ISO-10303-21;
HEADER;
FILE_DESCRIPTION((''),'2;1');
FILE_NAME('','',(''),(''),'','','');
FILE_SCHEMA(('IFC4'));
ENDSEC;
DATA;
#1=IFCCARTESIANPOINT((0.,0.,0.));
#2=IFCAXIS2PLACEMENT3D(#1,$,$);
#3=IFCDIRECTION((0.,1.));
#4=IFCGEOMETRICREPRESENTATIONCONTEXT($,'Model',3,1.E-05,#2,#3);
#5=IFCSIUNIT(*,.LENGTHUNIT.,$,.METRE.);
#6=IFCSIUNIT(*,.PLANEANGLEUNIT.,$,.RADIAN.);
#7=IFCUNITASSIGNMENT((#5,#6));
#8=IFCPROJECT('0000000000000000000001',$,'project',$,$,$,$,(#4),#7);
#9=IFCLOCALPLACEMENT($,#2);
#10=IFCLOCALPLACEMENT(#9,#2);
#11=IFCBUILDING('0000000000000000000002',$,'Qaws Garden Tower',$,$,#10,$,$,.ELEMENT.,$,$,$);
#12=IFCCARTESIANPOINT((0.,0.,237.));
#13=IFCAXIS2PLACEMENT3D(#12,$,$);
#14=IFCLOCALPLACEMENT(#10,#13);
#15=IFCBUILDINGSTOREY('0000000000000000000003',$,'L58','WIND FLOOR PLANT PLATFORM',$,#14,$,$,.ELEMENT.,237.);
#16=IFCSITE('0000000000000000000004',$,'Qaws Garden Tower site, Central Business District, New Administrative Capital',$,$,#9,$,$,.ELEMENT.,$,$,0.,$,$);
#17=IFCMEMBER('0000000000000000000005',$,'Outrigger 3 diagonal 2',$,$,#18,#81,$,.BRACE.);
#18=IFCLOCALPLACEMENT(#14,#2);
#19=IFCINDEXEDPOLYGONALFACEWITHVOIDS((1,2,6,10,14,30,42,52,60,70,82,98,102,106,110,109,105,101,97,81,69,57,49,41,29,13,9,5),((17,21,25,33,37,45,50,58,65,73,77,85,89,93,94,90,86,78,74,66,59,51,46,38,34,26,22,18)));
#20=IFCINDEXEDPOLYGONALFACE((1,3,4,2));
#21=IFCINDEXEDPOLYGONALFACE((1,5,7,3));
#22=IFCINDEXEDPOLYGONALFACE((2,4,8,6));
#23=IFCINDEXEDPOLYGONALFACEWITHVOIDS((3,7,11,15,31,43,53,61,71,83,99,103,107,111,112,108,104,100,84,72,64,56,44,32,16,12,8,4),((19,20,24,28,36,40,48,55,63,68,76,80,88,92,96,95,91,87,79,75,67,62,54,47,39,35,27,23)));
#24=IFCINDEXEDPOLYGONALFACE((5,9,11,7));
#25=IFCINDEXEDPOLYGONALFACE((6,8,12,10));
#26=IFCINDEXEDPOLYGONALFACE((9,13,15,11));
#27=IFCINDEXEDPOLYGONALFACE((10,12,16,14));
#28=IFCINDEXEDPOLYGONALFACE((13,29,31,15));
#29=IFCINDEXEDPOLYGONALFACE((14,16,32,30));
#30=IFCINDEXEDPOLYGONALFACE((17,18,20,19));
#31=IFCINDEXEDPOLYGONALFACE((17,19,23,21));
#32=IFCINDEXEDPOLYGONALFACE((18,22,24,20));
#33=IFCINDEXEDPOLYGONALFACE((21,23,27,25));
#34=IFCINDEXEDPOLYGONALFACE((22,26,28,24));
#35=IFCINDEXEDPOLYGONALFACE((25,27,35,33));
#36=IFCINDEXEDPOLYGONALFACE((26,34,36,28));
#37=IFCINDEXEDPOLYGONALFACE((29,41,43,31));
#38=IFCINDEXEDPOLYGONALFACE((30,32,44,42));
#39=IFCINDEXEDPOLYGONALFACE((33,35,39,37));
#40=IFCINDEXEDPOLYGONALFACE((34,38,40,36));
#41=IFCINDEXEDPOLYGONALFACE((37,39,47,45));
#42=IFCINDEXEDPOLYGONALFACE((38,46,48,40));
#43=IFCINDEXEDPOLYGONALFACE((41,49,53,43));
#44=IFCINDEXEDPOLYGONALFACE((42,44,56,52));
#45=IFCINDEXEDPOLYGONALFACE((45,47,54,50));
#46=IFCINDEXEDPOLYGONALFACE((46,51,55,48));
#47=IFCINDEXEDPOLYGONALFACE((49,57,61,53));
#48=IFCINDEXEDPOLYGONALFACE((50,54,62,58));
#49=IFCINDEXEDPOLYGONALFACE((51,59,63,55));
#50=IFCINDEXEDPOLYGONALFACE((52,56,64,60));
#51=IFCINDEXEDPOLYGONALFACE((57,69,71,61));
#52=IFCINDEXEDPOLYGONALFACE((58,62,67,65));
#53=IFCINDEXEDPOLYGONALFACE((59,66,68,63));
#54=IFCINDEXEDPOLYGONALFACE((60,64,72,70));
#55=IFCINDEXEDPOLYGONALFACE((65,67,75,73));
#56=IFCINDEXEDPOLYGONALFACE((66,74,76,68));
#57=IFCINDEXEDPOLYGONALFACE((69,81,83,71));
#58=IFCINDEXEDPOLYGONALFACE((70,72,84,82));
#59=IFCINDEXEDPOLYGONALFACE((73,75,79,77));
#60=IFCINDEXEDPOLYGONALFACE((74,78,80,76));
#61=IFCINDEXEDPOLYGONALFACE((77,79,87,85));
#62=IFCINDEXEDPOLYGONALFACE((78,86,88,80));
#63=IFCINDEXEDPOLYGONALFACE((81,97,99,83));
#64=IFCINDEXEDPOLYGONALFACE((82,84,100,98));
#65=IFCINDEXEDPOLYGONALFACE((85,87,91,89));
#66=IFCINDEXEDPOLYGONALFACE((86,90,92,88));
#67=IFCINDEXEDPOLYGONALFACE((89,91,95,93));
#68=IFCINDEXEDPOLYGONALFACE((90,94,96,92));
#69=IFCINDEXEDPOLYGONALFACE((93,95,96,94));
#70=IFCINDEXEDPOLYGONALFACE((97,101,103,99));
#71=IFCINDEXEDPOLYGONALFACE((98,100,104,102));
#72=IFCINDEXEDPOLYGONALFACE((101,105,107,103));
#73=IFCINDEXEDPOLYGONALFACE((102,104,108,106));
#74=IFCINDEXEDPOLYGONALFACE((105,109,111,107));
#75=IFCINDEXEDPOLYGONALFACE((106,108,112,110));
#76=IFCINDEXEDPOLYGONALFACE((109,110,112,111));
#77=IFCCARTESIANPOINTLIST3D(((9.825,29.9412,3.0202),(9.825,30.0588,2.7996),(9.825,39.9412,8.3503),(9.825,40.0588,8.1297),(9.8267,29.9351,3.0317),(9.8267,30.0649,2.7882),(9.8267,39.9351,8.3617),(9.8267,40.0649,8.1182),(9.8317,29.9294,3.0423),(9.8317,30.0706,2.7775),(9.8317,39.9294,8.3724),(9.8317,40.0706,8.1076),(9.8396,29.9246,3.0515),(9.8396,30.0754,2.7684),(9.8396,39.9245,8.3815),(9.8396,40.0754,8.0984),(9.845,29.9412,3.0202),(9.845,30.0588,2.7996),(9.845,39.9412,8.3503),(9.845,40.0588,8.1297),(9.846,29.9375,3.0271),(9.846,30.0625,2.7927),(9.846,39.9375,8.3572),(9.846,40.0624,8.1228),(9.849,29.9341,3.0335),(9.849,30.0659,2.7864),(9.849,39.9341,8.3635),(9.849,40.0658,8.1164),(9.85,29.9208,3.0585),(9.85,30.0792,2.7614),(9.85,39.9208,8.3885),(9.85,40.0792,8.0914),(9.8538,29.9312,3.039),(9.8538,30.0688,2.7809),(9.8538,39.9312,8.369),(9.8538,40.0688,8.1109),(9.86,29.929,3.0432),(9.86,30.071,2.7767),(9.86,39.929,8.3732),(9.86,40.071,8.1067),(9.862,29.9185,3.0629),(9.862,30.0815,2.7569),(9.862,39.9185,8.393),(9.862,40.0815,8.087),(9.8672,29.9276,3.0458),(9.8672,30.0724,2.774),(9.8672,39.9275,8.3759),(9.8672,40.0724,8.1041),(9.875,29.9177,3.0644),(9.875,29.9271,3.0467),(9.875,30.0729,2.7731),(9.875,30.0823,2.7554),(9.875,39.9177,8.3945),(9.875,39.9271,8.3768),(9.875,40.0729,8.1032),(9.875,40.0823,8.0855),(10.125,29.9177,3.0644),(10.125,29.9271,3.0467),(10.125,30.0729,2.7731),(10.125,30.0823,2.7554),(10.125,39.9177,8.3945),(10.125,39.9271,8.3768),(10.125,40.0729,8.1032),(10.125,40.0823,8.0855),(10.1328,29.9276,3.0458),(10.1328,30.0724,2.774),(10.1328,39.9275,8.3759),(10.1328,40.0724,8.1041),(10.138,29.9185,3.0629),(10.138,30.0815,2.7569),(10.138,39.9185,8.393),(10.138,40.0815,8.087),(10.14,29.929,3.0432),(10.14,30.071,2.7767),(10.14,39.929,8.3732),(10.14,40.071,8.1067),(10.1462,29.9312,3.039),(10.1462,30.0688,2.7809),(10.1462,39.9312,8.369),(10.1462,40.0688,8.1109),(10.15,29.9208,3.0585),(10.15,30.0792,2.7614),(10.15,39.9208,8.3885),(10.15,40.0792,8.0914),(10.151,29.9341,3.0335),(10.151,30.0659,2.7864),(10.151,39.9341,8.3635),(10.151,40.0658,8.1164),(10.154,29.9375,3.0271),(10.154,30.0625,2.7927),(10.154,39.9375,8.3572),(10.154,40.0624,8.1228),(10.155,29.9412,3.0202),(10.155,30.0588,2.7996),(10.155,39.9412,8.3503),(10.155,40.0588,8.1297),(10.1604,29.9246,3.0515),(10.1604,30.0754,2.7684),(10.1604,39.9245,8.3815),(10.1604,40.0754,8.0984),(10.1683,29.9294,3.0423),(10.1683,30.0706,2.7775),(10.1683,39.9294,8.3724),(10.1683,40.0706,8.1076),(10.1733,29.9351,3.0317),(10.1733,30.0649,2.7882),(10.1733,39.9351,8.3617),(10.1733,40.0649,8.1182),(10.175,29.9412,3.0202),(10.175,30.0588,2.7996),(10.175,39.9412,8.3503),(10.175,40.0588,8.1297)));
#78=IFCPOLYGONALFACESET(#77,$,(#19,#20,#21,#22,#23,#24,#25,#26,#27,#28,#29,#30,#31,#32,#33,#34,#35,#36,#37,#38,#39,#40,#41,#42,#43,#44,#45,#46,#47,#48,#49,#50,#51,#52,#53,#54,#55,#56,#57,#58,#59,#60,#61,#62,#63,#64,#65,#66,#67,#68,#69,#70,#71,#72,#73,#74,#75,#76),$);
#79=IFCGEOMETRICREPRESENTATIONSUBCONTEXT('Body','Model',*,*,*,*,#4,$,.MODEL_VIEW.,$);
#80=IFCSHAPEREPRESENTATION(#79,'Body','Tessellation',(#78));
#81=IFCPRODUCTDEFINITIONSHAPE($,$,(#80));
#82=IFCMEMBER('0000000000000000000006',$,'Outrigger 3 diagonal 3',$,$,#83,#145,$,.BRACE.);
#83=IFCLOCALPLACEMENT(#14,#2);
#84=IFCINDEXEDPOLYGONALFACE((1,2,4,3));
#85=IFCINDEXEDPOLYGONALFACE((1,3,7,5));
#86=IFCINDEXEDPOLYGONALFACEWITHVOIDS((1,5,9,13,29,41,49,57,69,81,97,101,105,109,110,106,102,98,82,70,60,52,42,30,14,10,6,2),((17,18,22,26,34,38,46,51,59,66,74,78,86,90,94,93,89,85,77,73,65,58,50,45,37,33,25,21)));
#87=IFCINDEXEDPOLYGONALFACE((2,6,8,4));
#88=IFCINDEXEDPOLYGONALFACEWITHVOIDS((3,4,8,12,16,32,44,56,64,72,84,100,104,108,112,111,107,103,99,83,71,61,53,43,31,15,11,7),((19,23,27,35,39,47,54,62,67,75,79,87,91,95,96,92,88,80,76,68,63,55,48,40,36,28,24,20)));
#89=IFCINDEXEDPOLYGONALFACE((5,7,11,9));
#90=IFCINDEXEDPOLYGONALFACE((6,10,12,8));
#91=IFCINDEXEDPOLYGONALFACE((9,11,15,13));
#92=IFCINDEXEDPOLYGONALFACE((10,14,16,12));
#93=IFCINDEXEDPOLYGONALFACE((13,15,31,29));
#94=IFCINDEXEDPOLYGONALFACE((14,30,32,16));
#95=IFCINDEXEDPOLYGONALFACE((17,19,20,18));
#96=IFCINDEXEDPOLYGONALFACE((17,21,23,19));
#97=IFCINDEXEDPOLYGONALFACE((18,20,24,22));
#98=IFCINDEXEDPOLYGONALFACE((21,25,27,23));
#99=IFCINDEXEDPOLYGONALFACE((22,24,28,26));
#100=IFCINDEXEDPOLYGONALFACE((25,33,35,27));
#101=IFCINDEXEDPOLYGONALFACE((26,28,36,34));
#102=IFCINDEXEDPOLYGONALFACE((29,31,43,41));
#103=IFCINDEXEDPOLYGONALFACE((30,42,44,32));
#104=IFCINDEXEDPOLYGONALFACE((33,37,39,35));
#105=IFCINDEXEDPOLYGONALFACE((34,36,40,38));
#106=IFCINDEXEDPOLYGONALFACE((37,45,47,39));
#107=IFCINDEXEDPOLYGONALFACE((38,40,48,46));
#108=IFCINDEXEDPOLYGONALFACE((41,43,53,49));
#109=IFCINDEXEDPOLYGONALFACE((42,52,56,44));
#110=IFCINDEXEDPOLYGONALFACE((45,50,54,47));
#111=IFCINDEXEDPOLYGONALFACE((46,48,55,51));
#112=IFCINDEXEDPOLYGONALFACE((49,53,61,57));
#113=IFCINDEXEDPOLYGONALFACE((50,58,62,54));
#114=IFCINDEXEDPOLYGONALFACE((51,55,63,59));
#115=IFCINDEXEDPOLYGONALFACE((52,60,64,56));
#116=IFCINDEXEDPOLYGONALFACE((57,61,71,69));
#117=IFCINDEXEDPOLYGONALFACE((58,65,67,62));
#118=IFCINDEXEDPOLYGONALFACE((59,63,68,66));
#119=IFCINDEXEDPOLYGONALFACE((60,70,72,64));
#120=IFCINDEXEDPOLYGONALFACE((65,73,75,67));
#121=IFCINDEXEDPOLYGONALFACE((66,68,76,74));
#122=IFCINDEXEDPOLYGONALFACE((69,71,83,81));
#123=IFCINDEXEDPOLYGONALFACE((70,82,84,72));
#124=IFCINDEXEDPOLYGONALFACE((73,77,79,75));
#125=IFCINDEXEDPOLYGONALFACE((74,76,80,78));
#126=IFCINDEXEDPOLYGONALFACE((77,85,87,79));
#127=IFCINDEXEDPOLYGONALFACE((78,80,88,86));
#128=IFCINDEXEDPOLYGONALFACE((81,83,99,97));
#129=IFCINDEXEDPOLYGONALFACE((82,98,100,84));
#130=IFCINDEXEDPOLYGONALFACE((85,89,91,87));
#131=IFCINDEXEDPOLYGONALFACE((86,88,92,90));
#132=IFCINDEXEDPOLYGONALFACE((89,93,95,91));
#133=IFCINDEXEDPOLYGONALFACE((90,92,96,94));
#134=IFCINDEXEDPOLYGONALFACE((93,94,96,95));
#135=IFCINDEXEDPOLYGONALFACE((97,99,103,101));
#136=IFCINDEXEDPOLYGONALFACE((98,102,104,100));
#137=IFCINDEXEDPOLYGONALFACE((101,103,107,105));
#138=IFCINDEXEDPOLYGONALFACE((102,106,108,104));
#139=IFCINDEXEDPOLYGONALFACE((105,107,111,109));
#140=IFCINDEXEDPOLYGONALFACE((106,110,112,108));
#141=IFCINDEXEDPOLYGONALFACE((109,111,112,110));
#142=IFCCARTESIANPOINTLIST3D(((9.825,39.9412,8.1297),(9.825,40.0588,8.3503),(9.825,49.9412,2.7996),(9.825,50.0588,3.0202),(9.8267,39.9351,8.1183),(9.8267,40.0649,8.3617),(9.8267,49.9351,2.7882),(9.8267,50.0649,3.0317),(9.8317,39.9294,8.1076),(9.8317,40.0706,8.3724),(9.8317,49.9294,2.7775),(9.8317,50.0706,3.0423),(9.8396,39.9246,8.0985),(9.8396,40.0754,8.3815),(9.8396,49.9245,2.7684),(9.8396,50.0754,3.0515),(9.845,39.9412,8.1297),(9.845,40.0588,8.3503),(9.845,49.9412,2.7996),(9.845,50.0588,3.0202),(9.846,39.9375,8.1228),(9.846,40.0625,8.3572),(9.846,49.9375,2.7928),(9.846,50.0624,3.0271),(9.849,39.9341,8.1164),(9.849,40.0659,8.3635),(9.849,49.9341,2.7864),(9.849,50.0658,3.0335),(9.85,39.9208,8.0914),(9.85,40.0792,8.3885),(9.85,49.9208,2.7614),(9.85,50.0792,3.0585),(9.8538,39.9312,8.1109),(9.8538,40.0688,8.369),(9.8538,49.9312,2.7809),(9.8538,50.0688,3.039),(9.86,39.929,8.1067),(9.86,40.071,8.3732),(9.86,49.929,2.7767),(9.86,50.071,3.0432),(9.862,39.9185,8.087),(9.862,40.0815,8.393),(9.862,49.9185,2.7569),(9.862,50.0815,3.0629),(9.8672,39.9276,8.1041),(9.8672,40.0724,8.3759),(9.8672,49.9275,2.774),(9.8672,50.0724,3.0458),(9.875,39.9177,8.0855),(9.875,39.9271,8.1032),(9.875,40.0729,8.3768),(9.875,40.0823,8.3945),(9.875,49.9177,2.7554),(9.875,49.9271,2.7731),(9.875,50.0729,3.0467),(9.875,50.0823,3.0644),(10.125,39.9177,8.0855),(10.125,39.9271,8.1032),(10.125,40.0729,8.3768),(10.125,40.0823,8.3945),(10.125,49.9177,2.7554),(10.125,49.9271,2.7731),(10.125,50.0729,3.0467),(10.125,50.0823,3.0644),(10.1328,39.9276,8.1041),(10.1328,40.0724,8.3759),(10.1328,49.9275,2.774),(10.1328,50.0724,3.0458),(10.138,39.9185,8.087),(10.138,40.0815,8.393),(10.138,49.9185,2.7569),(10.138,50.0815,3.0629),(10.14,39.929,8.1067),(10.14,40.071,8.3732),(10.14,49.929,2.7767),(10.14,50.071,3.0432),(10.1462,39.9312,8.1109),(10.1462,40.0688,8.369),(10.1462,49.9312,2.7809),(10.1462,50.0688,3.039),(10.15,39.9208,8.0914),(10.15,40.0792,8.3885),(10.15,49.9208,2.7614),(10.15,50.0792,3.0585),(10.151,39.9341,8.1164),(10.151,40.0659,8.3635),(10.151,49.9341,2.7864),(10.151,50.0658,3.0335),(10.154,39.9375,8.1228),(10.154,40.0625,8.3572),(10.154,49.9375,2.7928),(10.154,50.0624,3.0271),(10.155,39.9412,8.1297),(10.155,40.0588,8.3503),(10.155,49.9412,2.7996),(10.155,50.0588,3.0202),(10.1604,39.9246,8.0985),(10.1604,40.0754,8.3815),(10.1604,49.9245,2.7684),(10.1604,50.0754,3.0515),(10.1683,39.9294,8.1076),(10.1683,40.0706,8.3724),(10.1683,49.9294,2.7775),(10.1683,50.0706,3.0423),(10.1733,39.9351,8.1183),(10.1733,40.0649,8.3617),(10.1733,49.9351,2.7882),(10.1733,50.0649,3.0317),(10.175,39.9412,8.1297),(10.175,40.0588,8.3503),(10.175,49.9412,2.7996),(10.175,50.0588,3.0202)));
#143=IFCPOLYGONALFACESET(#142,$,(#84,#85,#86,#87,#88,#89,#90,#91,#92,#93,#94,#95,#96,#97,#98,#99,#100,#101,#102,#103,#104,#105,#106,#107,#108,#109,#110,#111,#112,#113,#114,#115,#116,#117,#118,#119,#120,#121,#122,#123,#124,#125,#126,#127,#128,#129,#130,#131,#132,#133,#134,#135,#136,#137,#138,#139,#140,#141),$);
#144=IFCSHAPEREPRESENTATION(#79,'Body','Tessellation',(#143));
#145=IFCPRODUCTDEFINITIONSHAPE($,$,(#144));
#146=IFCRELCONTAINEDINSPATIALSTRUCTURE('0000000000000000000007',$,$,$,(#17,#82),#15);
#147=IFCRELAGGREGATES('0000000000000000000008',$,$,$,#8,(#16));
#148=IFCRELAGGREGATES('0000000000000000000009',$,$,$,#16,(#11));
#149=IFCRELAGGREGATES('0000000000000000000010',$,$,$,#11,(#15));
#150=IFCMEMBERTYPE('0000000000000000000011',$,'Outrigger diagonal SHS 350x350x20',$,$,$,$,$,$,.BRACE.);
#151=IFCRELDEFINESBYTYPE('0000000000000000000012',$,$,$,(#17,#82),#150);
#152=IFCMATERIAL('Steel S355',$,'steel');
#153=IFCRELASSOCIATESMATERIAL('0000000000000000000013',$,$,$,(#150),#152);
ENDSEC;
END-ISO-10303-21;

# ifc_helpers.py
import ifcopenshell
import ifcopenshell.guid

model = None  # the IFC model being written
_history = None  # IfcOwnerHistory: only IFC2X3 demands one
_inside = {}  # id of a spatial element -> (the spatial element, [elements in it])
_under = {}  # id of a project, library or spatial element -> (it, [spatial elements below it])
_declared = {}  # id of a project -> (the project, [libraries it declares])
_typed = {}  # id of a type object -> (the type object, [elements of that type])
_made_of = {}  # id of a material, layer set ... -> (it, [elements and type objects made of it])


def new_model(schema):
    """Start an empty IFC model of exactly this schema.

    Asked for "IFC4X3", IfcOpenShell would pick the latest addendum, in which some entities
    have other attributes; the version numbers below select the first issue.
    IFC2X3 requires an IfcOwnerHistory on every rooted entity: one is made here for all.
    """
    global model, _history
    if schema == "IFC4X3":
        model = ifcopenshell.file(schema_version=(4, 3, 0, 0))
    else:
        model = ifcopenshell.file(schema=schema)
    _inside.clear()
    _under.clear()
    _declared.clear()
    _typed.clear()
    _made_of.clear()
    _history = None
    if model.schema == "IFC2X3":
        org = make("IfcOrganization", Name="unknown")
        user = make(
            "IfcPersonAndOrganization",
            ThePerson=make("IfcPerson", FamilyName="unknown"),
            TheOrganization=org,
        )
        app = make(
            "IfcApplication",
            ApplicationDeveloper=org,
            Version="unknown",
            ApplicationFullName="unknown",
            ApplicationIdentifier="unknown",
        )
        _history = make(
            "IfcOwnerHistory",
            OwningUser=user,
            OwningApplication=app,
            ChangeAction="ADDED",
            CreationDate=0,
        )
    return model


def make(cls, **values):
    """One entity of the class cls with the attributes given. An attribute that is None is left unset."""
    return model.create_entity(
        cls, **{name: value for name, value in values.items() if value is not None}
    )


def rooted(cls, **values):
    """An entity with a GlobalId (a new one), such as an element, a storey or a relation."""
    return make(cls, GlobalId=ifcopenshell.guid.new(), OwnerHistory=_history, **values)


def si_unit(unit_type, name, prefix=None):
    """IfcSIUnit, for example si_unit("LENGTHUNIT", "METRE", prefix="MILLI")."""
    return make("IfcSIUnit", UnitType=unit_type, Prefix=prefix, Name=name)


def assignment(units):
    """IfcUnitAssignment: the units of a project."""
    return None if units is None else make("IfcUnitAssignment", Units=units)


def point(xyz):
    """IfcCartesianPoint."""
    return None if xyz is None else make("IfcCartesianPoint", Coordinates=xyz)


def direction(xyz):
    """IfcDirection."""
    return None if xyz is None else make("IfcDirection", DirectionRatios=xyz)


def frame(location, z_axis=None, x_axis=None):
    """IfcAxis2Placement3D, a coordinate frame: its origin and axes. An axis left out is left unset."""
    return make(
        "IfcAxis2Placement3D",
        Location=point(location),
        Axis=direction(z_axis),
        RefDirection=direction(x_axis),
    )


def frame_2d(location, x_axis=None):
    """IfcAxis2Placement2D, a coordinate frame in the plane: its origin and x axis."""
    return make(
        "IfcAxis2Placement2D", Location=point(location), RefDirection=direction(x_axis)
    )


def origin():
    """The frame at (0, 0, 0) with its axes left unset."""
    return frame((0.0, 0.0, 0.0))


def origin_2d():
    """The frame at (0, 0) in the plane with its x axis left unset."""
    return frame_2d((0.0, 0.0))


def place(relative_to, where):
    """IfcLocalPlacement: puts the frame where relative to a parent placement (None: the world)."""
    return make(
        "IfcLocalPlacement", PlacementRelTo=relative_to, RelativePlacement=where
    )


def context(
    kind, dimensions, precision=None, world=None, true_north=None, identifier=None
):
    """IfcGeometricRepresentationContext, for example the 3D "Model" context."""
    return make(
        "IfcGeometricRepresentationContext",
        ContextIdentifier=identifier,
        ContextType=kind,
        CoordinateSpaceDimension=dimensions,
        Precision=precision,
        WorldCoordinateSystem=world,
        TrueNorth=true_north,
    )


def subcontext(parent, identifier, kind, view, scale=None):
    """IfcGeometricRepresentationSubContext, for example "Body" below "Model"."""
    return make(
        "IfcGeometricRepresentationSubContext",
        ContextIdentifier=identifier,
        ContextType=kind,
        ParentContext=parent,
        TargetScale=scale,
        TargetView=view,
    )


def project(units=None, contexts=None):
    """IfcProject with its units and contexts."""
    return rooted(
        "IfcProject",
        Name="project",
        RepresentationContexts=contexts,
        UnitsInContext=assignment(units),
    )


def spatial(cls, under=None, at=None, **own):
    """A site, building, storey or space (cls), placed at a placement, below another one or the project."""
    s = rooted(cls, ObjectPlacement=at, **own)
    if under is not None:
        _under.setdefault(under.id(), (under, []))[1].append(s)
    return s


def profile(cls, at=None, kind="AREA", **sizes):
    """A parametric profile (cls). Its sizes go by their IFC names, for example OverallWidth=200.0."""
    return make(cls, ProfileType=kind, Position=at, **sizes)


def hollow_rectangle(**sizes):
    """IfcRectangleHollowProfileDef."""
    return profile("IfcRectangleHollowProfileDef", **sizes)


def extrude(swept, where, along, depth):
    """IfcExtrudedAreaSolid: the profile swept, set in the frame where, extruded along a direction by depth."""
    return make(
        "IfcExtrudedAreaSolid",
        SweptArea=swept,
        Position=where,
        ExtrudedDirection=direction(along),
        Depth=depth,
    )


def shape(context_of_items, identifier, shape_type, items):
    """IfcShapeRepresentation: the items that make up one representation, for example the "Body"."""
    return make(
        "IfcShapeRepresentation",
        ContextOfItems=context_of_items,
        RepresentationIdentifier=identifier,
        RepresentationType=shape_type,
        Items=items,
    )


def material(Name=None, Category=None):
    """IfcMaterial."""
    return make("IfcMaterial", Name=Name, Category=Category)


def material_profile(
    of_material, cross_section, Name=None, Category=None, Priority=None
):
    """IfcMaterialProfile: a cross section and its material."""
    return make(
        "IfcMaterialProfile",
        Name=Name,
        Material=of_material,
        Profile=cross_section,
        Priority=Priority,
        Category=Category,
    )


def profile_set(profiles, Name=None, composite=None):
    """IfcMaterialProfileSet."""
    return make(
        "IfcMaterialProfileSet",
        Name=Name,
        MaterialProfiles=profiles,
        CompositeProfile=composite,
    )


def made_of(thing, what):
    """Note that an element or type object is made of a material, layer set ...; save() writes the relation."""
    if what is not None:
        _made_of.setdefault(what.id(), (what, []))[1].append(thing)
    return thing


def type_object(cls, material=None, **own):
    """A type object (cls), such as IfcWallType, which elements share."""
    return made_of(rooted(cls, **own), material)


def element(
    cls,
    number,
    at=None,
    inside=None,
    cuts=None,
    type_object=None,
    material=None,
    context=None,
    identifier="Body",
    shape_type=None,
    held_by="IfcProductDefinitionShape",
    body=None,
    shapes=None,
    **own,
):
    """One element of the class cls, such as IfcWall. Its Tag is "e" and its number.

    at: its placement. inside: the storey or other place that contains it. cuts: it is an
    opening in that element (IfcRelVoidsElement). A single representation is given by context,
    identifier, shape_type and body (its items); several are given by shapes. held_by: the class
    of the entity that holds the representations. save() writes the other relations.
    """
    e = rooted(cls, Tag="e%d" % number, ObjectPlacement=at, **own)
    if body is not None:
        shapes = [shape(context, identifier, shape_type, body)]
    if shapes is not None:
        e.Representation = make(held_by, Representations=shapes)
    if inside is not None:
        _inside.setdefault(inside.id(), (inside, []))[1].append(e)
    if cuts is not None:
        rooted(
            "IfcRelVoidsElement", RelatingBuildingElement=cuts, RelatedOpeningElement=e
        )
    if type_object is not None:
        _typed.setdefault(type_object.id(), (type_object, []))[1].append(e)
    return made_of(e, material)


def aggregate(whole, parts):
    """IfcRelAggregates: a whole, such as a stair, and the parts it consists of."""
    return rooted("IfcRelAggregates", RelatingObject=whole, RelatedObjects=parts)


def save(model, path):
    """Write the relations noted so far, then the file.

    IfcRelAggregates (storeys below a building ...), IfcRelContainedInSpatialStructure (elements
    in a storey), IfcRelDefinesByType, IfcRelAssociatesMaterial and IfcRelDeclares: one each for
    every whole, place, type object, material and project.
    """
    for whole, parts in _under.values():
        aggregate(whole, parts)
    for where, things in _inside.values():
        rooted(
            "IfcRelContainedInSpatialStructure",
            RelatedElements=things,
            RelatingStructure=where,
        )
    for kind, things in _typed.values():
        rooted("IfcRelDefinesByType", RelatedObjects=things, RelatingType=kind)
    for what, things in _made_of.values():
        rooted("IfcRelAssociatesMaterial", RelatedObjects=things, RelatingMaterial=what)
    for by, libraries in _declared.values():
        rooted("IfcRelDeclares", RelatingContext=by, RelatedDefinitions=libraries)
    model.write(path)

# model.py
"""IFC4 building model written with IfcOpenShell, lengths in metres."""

from ifc_helpers import new_model, si_unit, direction, frame, origin, origin_2d, place, context, subcontext, project, spatial, hollow_rectangle, extrude, material, material_profile, profile_set, type_object, element, save


model = new_model("IFC4")

# Units and contexts
model_context = context("Model", 3, precision=1e-05, world=origin(), true_north=direction((0.0, 1.0)))
body_context = subcontext(model_context, "Body", "Model", "MODEL_VIEW")
ifc_project = project(units=[si_unit("LENGTHUNIT", "METRE"), si_unit("PLANEANGLEUNIT", "RADIAN")], contexts=[model_context])

# Site, building, storey
site_placement = place(None, origin())
site = spatial("IfcSite", under=ifc_project, at=site_placement, Name="Qaws Garden Tower site, Central Business District, New Administrative Capital", CompositionType="ELEMENT", RefElevation=0.0)
building_placement = place(site_placement, origin())
building = spatial("IfcBuilding", under=site, at=building_placement, Name="Qaws Garden Tower", CompositionType="ELEMENT")
storey_placement = place(building_placement, frame((0.0, 0.0, 237.0)))
storey = spatial("IfcBuildingStorey", under=building, at=storey_placement, Name="L58", Description="WIND FLOOR PLANT PLATFORM", CompositionType="ELEMENT", Elevation=237.0)

# Members
ifc_material_1 = material(Name="Steel S355", Category="steel")
ifc_material_profile_1 = material_profile(ifc_material_1, hollow_rectangle(XDim=0.3501, YDim=0.3501, WallThickness=0.02, InnerFilletRadius=0.03, OuterFilletRadius=0.05, at=origin_2d()), Name="SHS 350x350x20")
ifc_profile_set_1 = profile_set([ifc_material_profile_1], Name="Steel S355")
member_type_1 = type_object("IfcMemberType", Name="Outrigger diagonal SHS 350x350x20", PredefinedType="BRACE", material=ifc_profile_set_1)
for number, where, z_axis, x_axis, name in (
    (1, (10.0, 30.0, 2.9099), (0.0, 0.882472, 0.470365), (-1.0, 0.0, 0.0), "Outrigger 3 diagonal 2"),
    (2, (10.0, 40.0, 8.24), (0.0, 0.882472, -0.470365), (-1.0, 0.0, 0.0), "Outrigger 3 diagonal 3"),
):
    element("IfcMember", number, at=place(storey_placement, frame(where, z_axis=z_axis, x_axis=x_axis)), inside=storey, type_object=member_type_1, Name=name, PredefinedType="BRACE", context=body_context, shape_type="SweptSolid", body=[
        extrude(hollow_rectangle(XDim=0.3501, YDim=0.3501, WallThickness=0.02, InnerFilletRadius=0.03, OuterFilletRadius=0.05, at=origin_2d()), origin(), (0.0, 0.0, 1.0), 11.3318),
    ])

save(model, "model.ifc")
